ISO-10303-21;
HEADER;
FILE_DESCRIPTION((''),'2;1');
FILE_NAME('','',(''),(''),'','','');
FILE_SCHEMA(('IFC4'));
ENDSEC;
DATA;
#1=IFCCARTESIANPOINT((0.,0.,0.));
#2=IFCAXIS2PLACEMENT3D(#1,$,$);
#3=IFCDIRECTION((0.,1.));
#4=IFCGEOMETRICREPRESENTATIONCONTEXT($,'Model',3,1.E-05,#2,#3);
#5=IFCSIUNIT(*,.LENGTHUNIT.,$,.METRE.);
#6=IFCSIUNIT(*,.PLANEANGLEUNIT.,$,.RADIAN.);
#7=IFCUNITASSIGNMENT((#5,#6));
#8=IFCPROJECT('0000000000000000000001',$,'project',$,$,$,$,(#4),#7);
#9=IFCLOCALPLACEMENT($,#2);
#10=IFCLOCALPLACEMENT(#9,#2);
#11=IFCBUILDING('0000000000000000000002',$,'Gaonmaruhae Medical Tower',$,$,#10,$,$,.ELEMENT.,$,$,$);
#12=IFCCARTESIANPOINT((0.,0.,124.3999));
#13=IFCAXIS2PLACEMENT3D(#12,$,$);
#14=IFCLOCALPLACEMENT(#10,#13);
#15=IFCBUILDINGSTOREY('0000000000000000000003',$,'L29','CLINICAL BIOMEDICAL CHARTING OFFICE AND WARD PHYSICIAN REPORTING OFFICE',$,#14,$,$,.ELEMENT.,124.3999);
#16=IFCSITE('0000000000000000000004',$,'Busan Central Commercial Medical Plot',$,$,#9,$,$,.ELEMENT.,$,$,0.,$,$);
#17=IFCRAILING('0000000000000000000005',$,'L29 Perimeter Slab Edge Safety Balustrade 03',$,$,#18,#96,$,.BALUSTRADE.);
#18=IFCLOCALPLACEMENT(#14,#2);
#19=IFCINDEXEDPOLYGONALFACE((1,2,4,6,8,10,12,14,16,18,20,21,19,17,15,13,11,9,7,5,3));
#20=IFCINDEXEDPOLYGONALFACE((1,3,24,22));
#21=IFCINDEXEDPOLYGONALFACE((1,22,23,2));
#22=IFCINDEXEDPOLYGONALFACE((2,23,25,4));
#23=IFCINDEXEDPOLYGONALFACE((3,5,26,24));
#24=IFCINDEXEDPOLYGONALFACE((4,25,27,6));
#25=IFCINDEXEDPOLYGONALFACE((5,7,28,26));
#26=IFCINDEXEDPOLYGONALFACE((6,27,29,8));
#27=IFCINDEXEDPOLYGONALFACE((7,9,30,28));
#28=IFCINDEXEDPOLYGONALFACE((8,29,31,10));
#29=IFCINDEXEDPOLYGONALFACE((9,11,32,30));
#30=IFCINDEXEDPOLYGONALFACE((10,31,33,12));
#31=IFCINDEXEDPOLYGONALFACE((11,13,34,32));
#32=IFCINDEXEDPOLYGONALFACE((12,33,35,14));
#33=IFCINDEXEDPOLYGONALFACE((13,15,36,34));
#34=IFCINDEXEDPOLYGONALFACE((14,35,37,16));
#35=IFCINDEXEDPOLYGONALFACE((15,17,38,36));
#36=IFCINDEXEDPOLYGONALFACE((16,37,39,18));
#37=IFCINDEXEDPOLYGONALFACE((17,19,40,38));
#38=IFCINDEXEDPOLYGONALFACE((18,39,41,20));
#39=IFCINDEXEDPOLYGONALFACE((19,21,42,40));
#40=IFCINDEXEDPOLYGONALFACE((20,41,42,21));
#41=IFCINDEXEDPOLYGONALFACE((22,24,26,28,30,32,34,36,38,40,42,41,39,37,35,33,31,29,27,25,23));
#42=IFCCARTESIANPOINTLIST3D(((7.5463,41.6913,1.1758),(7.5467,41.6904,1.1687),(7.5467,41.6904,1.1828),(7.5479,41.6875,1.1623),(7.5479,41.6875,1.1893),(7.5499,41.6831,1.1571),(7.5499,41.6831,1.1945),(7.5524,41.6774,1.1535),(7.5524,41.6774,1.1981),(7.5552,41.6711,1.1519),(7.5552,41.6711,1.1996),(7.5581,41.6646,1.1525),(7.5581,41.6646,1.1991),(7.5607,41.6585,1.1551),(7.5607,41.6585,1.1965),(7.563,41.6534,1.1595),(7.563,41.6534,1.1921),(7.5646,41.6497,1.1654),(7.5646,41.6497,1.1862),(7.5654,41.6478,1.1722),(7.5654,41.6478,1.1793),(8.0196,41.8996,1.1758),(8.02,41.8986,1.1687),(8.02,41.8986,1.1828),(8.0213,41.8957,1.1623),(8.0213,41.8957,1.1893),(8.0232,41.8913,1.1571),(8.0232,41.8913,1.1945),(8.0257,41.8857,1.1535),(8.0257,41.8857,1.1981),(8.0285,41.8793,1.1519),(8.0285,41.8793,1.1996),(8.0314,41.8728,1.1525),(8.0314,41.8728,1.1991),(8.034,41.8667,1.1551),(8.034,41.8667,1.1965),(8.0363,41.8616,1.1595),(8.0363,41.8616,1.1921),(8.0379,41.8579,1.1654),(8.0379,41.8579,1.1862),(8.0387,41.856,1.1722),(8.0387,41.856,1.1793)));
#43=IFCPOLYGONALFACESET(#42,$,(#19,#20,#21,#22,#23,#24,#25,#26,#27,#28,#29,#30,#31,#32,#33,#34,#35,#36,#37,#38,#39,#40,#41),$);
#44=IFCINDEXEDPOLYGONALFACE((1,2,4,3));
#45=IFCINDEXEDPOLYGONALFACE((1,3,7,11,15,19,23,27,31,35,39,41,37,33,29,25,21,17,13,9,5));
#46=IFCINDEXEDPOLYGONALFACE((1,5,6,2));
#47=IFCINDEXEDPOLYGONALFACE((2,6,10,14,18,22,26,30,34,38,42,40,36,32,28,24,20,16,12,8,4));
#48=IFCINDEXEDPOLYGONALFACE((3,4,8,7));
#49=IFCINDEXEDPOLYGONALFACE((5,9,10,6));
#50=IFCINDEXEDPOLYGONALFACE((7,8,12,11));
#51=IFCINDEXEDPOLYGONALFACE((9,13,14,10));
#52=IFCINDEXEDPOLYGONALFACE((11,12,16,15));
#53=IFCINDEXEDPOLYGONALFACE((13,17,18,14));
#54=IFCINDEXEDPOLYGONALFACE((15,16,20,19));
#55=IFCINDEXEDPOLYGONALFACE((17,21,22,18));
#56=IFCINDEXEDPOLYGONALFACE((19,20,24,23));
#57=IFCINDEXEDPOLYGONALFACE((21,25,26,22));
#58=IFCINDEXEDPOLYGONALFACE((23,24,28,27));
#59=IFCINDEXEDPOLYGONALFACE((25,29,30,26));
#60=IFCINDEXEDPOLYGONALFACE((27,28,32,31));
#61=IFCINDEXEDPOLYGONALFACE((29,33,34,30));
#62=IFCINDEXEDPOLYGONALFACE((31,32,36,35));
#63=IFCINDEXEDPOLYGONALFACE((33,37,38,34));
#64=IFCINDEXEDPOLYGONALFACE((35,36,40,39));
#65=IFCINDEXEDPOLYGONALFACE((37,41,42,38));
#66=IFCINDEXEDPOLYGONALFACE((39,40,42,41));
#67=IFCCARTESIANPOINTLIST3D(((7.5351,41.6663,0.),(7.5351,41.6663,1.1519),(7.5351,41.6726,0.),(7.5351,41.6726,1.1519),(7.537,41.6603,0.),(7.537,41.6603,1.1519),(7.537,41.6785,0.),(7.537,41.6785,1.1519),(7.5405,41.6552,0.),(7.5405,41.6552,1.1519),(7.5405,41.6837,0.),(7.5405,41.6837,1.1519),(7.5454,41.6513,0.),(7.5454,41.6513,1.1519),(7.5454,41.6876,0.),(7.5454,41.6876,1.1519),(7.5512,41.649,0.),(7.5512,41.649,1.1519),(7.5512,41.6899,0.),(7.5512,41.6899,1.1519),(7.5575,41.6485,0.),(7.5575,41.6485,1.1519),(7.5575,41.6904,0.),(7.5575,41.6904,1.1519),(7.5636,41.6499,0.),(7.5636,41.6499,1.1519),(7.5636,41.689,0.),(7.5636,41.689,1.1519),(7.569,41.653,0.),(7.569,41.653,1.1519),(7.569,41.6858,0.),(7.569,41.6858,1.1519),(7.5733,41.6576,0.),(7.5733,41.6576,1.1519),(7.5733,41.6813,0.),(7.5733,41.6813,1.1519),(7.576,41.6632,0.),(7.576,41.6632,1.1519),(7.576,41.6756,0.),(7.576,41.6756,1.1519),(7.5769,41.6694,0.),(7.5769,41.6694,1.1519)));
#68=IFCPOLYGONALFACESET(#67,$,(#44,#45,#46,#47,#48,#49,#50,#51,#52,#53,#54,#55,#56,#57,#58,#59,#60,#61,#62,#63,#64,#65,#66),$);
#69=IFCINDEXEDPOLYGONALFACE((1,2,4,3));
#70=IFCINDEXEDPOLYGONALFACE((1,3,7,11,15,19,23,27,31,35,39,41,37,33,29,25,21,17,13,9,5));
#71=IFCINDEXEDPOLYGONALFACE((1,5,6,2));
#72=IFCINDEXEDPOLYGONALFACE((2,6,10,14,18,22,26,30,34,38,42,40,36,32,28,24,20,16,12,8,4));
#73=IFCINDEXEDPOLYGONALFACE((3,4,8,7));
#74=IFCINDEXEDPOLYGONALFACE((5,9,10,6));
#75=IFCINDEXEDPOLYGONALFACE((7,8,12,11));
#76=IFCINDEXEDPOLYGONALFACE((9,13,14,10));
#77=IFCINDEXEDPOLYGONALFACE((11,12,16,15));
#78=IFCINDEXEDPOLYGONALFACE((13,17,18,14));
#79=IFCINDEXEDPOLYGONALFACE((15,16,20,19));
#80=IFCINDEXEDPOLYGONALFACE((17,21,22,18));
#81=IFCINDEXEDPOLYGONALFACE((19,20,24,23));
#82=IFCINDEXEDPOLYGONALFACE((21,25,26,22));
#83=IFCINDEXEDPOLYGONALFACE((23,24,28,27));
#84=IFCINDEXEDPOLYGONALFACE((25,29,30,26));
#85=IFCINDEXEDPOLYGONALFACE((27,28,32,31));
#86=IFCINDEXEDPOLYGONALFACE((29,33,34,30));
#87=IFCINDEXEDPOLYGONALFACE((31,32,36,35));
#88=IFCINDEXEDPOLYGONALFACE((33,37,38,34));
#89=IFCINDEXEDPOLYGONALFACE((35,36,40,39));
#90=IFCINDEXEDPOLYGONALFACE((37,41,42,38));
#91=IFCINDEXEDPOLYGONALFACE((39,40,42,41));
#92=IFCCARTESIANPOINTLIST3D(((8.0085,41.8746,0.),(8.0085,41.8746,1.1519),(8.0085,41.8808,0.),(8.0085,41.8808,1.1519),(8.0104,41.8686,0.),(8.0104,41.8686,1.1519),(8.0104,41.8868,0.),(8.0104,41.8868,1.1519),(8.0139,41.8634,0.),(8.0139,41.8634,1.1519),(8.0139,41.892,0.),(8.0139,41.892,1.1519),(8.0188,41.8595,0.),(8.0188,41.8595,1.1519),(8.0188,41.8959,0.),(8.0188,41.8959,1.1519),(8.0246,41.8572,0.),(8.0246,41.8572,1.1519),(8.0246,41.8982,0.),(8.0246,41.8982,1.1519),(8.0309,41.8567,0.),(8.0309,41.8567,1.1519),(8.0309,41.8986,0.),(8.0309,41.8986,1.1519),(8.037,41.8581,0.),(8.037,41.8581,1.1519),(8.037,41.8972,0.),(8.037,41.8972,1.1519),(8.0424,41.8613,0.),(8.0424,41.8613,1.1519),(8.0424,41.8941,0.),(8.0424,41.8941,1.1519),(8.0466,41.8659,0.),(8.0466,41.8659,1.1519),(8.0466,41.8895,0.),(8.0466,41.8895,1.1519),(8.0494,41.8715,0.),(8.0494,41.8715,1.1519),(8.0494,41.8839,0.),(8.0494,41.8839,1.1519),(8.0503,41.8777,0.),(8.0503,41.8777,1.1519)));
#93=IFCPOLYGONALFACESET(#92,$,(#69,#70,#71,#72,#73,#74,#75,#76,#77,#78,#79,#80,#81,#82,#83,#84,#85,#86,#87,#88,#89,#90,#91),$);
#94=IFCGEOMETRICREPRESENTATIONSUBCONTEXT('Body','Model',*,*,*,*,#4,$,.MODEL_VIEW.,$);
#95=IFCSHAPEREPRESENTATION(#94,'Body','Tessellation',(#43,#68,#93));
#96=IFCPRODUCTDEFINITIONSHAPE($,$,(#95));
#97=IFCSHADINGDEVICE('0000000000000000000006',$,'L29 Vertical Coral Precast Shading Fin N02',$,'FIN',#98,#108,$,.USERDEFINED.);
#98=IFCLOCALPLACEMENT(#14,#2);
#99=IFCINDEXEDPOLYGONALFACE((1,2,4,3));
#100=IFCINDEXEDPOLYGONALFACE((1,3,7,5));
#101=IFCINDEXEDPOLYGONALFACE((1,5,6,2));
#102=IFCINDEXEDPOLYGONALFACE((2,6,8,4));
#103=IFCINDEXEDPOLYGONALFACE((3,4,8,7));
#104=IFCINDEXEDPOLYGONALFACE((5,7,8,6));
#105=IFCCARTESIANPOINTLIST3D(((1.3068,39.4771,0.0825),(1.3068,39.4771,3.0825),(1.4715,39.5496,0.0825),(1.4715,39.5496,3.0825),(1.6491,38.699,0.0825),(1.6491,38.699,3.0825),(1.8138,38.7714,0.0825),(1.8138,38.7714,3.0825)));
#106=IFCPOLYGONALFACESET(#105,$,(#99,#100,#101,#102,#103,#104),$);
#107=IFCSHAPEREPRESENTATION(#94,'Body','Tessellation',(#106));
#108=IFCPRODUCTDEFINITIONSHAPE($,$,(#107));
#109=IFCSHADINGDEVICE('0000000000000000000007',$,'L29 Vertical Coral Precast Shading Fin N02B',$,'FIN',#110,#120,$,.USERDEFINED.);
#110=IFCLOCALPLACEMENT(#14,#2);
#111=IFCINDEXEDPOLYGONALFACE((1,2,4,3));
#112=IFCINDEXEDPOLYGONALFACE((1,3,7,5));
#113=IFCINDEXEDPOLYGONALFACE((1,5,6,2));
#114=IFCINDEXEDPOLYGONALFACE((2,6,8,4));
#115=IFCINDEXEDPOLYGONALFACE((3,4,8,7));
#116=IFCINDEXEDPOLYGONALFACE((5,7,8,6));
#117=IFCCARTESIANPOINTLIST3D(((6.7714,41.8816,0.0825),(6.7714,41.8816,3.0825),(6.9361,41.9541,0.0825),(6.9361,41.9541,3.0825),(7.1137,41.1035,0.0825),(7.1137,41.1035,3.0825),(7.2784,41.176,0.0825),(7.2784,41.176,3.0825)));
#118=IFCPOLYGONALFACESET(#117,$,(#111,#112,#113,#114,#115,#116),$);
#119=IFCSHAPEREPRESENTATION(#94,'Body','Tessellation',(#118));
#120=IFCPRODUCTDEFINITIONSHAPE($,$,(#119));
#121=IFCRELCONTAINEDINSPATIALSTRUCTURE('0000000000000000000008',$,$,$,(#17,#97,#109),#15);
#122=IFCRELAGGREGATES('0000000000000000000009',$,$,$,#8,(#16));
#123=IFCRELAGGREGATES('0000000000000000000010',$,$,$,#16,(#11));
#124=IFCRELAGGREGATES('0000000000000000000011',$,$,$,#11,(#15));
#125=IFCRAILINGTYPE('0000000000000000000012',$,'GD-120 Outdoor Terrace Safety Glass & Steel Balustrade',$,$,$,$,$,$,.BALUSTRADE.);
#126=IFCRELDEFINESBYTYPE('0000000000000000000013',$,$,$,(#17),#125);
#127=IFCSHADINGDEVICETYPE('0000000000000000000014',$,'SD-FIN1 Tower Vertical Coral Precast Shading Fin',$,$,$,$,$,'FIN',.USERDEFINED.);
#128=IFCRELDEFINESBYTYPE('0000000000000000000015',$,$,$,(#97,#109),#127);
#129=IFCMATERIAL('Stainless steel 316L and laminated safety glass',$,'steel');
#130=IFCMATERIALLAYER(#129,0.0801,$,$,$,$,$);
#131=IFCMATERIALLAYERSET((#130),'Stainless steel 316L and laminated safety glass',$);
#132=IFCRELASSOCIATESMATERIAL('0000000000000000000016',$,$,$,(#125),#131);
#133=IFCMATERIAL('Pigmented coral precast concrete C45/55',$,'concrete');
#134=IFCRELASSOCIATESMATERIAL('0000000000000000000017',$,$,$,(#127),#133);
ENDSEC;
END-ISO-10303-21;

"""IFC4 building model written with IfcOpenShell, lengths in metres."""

from ifc_helpers import new_model, si_unit, direction, frame, origin, origin_2d, place, context, subcontext, project, spatial, rectangle, circle, extrude, material, layer, layer_set, type_object, element, save


model = new_model("IFC4")

# Units and contexts
model_context = context("Model", 3, precision=1e-05, world=origin(), true_north=direction((0.0, 1.0)))
body_context = subcontext(model_context, "Body", "Model", "MODEL_VIEW")
ifc_project = project(units=[si_unit("LENGTHUNIT", "METRE"), si_unit("PLANEANGLEUNIT", "RADIAN")], contexts=[model_context])

# Site, building, storey
site_placement = place(None, origin())
site = spatial("IfcSite", under=ifc_project, at=site_placement, Name="Busan Central Commercial Medical Plot", CompositionType="ELEMENT", RefElevation=0.0)
building_placement = place(site_placement, origin())
building = spatial("IfcBuilding", under=site, at=building_placement, Name="Gaonmaruhae Medical Tower", CompositionType="ELEMENT")
storey_placement = place(building_placement, frame((0.0, 0.0, 124.3999)))
storey = spatial("IfcBuildingStorey", under=building, at=storey_placement, Name="L29", Description="CLINICAL BIOMEDICAL CHARTING OFFICE AND WARD PHYSICIAN REPORTING OFFICE", CompositionType="ELEMENT", Elevation=124.3999)

# Railing
ifc_material_1 = material(Name="Stainless steel 316L and laminated safety glass", Category="steel")
ifc_layer_1 = layer(ifc_material_1, 0.0801)
ifc_layer_set_1 = layer_set([ifc_layer_1], Name="Stainless steel 316L and laminated safety glass")
railing_type = type_object("IfcRailingType", Name="GD-120 Outdoor Terrace Safety Glass & Steel Balustrade", PredefinedType="BALUSTRADE", material=ifc_layer_set_1)
railing_placement = place(storey_placement, frame((7.5559, 41.6694, 0.0)))
element("IfcRailing", 1, at=railing_placement, inside=storey, type_object=railing_type, Name="L29 Perimeter Slab Edge Safety Balustrade 03", PredefinedType="BALUSTRADE", context=body_context, shape_type="SweptSolid", body=[
    extrude(circle(Radius=0.0239, at=origin_2d()), frame((0.0, 0.0, 1.1758), z_axis=(0.915343, 0.402675, 0.0), x_axis=(-0.402675, 0.915343, 0.0)), (0.0, 0.0, 1.0), 0.5171),
    extrude(circle(Radius=0.021, at=origin_2d()), origin(), (0.0, 0.0, 1.0), 1.1519),
    extrude(circle(Radius=0.021, at=origin_2d()), frame((0.4734, 0.2083, 0.0)), (0.0, 0.0, 1.0), 1.1519),
])

# Shading devices
ifc_material_2 = material(Name="Pigmented coral precast concrete C45/55", Category="concrete")
shading_device_type = type_object("IfcShadingDeviceType", Name="SD-FIN1 Tower Vertical Coral Precast Shading Fin", ElementType="FIN", PredefinedType="USERDEFINED", material=ifc_material_2)
for number, where, z_axis, x_axis, name in (
    (2, (1.5603, 39.1243, 0.0825), (0.0, 0.0, 1.0), (0.915311, 0.402747, 0.0), "L29 Vertical Coral Precast Shading Fin N02"),
    (3, (7.0249, 41.5288, 0.0825), (0.0, 0.0, 1.0), (0.915311, 0.402747, 0.0), "L29 Vertical Coral Precast Shading Fin N02B"),
):
    element("IfcShadingDevice", number, at=place(storey_placement, frame(where, z_axis=z_axis, x_axis=x_axis)), inside=storey, type_object=shading_device_type, Name=name, ObjectType="FIN", PredefinedType="USERDEFINED", context=body_context, shape_type="SweptSolid", body=[
        extrude(rectangle(XDim=0.1799, YDim=0.8501, at=origin_2d()), origin(), (0.0, 0.0, 1.0), 3.0),
    ])

save(model, "model.ifc")
